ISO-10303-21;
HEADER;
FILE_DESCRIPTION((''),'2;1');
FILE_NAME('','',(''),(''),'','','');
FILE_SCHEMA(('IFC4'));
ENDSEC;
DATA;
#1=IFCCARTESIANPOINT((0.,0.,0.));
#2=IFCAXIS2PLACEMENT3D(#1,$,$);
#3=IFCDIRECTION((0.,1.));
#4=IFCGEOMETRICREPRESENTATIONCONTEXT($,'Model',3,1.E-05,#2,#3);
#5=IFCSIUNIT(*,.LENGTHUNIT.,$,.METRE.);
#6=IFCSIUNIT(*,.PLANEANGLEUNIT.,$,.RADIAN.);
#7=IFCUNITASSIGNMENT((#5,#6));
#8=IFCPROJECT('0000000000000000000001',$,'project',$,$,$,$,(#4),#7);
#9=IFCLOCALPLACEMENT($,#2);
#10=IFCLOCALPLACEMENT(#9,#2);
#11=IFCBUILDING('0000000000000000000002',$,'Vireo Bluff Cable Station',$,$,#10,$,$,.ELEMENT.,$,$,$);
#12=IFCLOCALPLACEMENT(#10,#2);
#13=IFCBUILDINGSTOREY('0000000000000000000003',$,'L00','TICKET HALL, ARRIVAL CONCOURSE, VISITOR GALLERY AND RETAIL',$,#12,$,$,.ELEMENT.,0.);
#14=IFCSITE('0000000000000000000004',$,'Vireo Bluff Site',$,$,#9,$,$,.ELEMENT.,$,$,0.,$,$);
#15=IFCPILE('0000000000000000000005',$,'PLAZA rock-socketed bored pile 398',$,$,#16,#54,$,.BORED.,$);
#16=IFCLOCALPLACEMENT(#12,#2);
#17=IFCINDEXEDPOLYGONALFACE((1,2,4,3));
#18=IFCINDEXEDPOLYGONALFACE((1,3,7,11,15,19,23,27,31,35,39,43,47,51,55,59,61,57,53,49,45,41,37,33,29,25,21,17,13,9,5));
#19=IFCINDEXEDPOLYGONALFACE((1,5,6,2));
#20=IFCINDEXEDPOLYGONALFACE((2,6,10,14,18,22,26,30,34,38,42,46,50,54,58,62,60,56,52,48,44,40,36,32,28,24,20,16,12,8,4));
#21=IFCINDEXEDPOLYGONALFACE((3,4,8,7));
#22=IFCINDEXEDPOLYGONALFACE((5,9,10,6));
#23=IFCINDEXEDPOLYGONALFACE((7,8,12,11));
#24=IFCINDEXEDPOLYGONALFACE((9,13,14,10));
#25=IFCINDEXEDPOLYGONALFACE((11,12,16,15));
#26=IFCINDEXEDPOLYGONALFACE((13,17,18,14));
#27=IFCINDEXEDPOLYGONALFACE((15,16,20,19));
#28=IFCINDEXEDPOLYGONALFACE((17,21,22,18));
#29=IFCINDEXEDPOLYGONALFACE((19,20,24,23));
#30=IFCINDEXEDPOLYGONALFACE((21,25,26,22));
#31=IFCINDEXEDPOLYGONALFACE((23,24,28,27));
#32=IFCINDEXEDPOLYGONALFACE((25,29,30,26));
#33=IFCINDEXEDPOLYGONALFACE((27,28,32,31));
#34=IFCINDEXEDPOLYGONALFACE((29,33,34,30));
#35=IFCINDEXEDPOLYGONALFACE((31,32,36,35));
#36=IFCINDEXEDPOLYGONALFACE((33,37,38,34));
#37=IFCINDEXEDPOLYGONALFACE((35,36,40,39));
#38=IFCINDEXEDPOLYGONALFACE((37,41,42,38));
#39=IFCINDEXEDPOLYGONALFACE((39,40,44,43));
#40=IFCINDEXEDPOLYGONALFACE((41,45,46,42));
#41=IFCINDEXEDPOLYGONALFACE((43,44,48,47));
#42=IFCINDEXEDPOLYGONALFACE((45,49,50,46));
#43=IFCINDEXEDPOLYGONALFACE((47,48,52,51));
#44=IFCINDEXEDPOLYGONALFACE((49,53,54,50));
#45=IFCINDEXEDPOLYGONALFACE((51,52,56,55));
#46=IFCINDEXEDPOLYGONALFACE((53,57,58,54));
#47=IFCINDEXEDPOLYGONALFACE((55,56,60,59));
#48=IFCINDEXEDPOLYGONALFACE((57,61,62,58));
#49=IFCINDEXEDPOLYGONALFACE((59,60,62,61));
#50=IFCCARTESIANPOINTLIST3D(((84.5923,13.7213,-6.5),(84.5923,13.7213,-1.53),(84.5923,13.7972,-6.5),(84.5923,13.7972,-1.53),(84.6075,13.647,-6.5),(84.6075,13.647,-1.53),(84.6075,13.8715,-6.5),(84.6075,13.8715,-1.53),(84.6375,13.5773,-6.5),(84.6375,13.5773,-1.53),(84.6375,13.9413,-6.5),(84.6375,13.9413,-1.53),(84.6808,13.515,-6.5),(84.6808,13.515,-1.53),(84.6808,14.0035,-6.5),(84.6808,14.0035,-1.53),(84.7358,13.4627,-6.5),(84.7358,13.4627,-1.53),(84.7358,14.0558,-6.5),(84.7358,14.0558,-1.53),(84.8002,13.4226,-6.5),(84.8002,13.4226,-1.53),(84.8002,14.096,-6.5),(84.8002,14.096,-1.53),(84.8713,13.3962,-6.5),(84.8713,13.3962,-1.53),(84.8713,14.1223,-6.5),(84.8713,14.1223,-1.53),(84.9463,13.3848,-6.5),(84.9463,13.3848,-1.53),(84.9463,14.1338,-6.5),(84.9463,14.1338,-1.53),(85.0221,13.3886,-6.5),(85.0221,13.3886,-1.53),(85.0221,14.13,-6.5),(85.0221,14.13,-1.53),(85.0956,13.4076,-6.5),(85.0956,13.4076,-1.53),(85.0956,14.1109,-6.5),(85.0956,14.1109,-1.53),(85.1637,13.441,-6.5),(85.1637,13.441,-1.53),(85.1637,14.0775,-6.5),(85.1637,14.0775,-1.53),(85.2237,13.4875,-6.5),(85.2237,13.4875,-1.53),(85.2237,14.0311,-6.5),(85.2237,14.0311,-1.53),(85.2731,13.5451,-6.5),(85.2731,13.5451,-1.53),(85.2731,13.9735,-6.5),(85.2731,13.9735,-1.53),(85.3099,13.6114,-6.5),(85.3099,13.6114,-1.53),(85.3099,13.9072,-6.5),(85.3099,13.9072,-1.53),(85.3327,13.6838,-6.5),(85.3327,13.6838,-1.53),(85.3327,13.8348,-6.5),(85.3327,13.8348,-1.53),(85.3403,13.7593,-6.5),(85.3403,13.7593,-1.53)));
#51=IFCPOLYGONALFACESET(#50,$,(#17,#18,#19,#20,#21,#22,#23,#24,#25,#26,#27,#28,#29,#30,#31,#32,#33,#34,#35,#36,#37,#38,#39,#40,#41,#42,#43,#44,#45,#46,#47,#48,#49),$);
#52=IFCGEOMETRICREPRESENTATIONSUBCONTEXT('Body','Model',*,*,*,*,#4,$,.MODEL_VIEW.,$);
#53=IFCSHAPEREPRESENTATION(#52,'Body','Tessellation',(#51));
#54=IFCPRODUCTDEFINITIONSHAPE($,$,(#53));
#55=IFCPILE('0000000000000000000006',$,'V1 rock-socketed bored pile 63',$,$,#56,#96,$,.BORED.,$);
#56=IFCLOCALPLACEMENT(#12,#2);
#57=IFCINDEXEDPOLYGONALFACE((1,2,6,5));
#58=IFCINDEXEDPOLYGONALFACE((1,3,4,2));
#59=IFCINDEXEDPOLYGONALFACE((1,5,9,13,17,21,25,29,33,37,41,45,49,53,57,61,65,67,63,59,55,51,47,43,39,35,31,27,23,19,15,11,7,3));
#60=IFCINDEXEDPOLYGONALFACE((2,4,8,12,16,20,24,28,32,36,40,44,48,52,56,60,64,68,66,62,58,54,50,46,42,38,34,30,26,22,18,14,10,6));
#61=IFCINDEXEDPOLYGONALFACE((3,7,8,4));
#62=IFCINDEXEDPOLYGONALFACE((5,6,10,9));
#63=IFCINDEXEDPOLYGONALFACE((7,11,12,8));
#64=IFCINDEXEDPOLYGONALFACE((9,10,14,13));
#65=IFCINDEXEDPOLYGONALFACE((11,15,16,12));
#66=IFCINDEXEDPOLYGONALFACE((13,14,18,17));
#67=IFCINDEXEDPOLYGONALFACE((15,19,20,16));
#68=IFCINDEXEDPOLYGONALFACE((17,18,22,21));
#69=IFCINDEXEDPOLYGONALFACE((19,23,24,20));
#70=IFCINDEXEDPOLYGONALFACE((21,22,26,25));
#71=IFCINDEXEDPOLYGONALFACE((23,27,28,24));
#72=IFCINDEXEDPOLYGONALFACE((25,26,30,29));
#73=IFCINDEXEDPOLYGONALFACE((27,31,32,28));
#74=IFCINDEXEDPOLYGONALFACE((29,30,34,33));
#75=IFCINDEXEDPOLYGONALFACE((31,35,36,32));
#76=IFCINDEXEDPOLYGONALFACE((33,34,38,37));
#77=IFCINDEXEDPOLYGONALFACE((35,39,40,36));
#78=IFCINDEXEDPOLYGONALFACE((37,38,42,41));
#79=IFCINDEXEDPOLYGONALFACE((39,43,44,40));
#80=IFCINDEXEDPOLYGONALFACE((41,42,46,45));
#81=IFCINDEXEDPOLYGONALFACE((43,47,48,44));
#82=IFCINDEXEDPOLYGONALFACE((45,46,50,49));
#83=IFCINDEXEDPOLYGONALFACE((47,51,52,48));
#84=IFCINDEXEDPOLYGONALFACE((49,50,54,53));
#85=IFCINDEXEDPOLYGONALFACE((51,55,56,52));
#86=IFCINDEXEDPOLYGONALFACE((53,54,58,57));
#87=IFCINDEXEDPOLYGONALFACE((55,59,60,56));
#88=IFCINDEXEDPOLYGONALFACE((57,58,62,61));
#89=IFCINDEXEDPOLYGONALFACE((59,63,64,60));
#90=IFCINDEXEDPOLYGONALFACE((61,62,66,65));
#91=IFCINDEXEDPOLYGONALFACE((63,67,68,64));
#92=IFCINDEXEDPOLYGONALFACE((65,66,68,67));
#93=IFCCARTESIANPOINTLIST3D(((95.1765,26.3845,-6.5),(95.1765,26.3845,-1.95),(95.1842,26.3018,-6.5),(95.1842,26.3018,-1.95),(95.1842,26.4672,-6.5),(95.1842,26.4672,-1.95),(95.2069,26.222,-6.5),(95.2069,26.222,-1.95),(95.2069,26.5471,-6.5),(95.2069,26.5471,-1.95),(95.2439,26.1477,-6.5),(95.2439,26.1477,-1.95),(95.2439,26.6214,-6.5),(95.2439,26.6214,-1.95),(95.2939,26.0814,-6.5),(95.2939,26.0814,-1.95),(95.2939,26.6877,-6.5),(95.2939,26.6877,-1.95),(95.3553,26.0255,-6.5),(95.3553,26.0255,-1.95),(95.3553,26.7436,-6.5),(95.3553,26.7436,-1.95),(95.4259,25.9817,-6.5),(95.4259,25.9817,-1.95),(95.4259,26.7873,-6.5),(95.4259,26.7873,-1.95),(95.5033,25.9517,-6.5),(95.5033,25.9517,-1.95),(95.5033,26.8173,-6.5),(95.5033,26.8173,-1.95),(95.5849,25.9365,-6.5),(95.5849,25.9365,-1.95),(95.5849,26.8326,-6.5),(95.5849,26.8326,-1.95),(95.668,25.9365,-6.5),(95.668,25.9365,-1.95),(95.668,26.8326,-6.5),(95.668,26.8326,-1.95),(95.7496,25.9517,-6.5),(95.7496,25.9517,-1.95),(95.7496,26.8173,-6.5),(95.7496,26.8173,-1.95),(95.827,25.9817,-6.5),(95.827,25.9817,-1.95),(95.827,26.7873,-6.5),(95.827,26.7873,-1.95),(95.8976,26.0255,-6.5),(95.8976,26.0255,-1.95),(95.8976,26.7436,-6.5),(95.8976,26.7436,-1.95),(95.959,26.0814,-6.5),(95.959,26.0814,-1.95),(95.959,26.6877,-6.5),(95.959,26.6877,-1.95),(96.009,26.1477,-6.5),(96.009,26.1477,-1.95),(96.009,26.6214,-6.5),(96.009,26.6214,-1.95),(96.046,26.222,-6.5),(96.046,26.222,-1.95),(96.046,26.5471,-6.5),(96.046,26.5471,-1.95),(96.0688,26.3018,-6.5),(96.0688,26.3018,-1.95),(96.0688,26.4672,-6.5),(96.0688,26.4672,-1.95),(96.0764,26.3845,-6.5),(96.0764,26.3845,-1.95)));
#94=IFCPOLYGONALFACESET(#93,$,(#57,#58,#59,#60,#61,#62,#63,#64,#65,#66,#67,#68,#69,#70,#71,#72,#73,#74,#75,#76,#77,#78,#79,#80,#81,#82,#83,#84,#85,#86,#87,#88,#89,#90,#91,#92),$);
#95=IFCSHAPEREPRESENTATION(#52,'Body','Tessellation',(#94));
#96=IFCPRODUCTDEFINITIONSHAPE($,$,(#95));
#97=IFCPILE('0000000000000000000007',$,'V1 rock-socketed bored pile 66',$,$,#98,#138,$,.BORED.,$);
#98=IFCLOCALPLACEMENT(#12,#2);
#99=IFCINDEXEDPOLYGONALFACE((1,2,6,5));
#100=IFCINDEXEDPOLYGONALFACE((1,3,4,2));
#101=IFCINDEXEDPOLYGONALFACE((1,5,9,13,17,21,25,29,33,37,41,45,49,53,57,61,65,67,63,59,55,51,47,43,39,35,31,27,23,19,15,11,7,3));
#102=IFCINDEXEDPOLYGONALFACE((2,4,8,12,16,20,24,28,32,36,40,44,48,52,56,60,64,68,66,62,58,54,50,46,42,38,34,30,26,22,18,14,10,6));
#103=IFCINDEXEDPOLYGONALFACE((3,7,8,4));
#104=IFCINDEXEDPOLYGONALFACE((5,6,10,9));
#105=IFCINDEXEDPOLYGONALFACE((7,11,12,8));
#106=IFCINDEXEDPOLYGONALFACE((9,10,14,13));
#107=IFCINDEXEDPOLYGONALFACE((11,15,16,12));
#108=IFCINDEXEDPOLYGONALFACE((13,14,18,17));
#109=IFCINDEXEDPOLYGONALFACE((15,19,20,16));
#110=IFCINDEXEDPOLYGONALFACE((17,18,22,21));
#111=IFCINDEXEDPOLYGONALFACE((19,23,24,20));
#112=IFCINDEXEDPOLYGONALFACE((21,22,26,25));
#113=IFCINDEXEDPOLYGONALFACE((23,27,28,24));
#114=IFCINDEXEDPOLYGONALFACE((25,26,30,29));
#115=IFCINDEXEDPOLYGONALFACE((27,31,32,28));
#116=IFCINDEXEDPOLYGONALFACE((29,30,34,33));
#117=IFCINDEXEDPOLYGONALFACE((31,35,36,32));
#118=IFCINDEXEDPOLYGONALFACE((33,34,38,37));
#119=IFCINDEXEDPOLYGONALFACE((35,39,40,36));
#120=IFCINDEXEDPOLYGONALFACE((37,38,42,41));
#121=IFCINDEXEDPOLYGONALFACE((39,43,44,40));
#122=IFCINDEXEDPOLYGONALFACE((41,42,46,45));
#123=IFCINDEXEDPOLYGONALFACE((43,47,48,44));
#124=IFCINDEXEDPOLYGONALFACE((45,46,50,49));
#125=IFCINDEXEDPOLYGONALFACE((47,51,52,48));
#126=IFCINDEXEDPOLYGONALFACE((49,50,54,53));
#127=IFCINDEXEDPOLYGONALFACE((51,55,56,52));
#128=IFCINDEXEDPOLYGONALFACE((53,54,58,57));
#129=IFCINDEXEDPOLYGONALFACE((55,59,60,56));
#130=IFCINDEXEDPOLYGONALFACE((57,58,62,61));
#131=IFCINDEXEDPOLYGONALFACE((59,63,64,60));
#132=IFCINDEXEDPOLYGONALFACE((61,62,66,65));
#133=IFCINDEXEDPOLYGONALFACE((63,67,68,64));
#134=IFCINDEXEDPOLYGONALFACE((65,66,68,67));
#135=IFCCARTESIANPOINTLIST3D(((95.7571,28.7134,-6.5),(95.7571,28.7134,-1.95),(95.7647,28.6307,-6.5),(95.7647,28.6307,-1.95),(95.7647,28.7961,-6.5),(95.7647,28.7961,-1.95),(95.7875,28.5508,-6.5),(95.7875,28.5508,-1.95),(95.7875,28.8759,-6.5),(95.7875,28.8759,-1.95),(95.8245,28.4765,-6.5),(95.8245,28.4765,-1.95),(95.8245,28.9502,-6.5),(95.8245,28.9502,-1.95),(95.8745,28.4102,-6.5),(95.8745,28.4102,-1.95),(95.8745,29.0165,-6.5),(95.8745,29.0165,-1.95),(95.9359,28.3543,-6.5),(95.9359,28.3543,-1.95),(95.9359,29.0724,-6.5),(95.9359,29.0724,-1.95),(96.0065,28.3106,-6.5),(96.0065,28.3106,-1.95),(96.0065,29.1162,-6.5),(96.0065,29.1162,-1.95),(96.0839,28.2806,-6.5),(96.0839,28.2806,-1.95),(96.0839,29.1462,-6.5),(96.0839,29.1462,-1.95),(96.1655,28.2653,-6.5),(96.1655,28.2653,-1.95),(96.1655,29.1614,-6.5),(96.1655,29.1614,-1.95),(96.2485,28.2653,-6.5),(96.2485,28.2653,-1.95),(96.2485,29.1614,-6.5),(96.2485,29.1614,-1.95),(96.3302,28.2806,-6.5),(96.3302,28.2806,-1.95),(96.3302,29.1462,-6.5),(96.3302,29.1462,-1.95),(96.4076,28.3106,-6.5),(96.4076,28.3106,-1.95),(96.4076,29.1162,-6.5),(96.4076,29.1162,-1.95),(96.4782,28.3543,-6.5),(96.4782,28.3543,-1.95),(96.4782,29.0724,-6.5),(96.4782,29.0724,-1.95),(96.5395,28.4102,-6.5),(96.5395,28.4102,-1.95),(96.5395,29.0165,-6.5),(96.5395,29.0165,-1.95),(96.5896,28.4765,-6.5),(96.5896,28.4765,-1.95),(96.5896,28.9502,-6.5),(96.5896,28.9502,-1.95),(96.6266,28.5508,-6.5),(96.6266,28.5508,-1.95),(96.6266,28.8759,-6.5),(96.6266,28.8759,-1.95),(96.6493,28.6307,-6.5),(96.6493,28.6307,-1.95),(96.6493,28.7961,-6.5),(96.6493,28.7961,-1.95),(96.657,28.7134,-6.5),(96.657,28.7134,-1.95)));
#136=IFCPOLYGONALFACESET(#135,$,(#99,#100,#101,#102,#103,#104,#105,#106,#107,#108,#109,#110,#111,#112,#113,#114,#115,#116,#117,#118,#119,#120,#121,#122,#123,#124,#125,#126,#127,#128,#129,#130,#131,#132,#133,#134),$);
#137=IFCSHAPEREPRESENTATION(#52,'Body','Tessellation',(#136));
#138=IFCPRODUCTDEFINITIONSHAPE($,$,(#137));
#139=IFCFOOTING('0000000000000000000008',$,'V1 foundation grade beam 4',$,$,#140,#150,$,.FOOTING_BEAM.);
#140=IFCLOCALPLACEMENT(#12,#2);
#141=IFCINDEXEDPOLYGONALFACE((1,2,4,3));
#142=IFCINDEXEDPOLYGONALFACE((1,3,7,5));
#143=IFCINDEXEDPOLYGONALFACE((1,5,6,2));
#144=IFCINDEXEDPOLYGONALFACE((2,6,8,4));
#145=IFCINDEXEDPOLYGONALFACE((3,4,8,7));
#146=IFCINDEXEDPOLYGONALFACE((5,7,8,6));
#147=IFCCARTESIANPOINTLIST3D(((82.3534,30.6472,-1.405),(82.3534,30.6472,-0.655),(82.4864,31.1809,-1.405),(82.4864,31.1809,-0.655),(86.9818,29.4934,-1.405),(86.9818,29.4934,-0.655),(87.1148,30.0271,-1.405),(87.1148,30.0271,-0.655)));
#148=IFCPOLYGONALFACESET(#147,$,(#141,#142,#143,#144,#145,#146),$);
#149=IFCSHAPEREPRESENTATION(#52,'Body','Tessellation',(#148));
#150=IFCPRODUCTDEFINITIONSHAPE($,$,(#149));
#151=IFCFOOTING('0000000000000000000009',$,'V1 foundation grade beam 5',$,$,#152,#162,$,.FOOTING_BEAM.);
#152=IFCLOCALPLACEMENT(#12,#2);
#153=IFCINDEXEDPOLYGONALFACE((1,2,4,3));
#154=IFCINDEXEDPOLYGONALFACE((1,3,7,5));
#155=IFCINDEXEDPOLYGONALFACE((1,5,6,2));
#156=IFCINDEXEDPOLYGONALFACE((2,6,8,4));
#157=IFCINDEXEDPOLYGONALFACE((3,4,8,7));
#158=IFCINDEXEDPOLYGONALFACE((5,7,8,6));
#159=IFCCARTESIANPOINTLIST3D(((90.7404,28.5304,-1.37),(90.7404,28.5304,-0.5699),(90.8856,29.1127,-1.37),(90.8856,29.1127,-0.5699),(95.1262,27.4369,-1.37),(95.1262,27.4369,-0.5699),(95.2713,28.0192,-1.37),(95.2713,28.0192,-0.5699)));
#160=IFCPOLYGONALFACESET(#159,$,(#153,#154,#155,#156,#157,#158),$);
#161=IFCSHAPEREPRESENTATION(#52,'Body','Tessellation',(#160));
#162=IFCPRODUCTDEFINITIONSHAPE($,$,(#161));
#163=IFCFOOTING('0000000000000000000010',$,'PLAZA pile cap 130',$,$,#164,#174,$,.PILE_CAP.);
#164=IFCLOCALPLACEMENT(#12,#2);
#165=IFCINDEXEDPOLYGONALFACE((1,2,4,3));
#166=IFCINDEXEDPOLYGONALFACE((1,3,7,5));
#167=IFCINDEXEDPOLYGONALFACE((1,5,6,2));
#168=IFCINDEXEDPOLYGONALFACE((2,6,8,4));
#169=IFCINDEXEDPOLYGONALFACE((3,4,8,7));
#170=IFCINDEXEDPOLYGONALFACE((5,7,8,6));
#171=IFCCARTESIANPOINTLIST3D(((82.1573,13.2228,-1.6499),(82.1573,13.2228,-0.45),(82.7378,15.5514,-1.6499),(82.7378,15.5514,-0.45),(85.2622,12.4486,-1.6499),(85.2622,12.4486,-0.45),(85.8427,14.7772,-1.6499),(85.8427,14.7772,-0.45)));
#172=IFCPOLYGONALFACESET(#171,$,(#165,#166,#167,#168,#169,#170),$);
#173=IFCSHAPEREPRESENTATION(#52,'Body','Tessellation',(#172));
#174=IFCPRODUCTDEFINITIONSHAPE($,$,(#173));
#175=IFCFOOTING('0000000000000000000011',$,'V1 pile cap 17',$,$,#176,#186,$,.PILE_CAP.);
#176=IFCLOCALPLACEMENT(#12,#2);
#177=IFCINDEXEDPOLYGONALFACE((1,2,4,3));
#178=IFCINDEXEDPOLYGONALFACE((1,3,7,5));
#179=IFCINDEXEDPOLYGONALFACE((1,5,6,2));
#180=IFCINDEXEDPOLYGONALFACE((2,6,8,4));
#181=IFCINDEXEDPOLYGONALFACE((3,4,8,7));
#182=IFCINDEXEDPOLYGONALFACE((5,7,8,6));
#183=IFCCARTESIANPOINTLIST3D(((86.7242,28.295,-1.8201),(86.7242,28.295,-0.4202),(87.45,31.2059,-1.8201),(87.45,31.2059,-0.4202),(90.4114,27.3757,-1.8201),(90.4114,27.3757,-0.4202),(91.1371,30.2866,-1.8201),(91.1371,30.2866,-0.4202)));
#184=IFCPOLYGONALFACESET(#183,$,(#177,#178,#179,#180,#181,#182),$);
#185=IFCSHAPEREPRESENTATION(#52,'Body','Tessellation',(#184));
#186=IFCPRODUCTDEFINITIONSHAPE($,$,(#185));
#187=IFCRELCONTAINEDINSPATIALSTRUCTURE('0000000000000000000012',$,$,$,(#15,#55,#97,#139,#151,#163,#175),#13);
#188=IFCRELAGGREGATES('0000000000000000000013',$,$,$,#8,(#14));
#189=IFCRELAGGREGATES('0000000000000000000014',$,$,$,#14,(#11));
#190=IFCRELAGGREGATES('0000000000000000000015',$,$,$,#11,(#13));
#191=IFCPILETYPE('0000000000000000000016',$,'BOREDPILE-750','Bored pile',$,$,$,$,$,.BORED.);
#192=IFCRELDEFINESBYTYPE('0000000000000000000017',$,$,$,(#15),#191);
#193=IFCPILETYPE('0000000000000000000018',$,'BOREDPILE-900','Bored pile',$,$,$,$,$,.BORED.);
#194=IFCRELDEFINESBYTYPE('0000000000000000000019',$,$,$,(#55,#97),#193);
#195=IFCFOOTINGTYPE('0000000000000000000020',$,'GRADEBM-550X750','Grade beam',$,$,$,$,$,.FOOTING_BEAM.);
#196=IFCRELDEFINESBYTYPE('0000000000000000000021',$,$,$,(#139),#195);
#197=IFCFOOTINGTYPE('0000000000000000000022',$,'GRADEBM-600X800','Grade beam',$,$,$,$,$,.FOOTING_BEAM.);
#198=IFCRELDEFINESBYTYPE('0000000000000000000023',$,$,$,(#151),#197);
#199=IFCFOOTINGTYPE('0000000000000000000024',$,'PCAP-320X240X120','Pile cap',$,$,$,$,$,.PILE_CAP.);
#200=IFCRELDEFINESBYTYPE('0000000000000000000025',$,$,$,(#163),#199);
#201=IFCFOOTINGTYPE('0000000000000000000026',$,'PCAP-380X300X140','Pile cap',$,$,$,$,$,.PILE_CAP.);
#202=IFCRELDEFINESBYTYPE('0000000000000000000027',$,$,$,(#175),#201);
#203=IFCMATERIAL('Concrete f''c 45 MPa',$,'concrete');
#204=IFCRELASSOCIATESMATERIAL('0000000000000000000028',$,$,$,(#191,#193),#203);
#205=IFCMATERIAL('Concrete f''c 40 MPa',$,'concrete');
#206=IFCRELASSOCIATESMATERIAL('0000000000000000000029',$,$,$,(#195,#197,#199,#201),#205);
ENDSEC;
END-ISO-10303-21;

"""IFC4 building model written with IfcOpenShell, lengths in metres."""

from ifc_helpers import new_model, si_unit, direction, frame, origin, origin_2d, place, context, subcontext, project, spatial, rectangle, circle, extrude, material, material_profile, profile_set, type_object, element, save


model = new_model("IFC4")

# Units and contexts
model_context = context("Model", 3, precision=1e-05, world=origin(), true_north=direction((0.0, 1.0)))
body_context = subcontext(model_context, "Body", "Model", "MODEL_VIEW")
ifc_project = project(units=[si_unit("LENGTHUNIT", "METRE"), si_unit("PLANEANGLEUNIT", "RADIAN")], contexts=[model_context])

# Site, building, storey
site_placement = place(None, origin())
site = spatial("IfcSite", under=ifc_project, at=site_placement, Name="Vireo Bluff Site", CompositionType="ELEMENT", RefElevation=0.0)
building_placement = place(site_placement, origin())
building = spatial("IfcBuilding", under=site, at=building_placement, Name="Vireo Bluff Cable Station", CompositionType="ELEMENT")
storey_placement = place(building_placement, origin())
storey = spatial("IfcBuildingStorey", under=building, at=storey_placement, Name="L00", Description="TICKET HALL, ARRIVAL CONCOURSE, VISITOR GALLERY AND RETAIL", CompositionType="ELEMENT", Elevation=0.0)

# Piles
ifc_material_1 = material(Name="Concrete f'c 45 MPa", Category="concrete")
ifc_material_profile_1 = material_profile(ifc_material_1, circle(Radius=0.375, at=origin_2d()), Name="BOREDPILE-750")
ifc_profile_set_1 = profile_set([ifc_material_profile_1], Name="Concrete f'c 45 MPa")
pile_type_1 = type_object("IfcPileType", Name="BOREDPILE-750", Description="Bored pile", PredefinedType="BORED", material=ifc_profile_set_1)
for number, where, z_axis, x_axis, name in (
    (1, (84.9653, 13.7593, -1.53), (0.0, 0.0, -1.0), (1.0, 0.0, 0.0), "PLAZA rock-socketed bored pile 398"),
):
    element("IfcPile", number, at=place(storey_placement, frame(where, z_axis=z_axis, x_axis=x_axis)), inside=storey, type_object=pile_type_1, Name=name, PredefinedType="BORED", context=body_context, shape_type="SweptSolid", body=[
        extrude(circle(Radius=0.375, at=origin_2d()), origin(), (0.0, 0.0, 1.0), 4.97),
    ])
ifc_material_profile_2 = material_profile(ifc_material_1, circle(Radius=0.45, at=origin_2d()), Name="BOREDPILE-900")
ifc_profile_set_2 = profile_set([ifc_material_profile_2], Name="Concrete f'c 45 MPa")
pile_type_2 = type_object("IfcPileType", Name="BOREDPILE-900", Description="Bored pile", PredefinedType="BORED", material=ifc_profile_set_2)
for number, where, z_axis, x_axis, name in (
    (2, (95.6265, 26.3845, -1.95), (0.0, 0.0, -1.0), (1.0, 0.0, 0.0), "V1 rock-socketed bored pile 63"),
    (3, (96.207, 28.7134, -1.95), (0.0, 0.0, -1.0), (1.0, 0.0, 0.0), "V1 rock-socketed bored pile 66"),
):
    element("IfcPile", number, at=place(storey_placement, frame(where, z_axis=z_axis, x_axis=x_axis)), inside=storey, type_object=pile_type_2, Name=name, PredefinedType="BORED", context=body_context, shape_type="SweptSolid", body=[
        extrude(circle(Radius=0.45, at=origin_2d()), origin(), (0.0, 0.0, 1.0), 4.55),
    ])

# Footings
ifc_material_2 = material(Name="Concrete f'c 40 MPa", Category="concrete")
ifc_material_profile_3 = material_profile(ifc_material_2, rectangle(XDim=0.55, YDim=0.75, at=origin_2d()), Name="GRADEBM-550X750")
ifc_profile_set_3 = profile_set([ifc_material_profile_3], Name="Concrete f'c 40 MPa")
footing_type_1 = type_object("IfcFootingType", Name="GRADEBM-550X750", Description="Grade beam", PredefinedType="FOOTING_BEAM", material=ifc_profile_set_3)
footing_1_placement = place(storey_placement, frame((82.4199, 30.9141, -1.03), z_axis=(0.970305, -0.241885, 0.0), x_axis=(0.241885, 0.970305, 0.0)))
element("IfcFooting", 4, at=footing_1_placement, inside=storey, type_object=footing_type_1, Name="V1 foundation grade beam 4", PredefinedType="FOOTING_BEAM", context=body_context, shape_type="SweptSolid", body=[
    extrude(rectangle(XDim=0.55, YDim=0.75, at=origin_2d()), origin(), (0.0, 0.0, 1.0), 4.77),
])
ifc_material_profile_4 = material_profile(ifc_material_2, rectangle(XDim=0.6001, YDim=0.8, at=origin_2d()), Name="GRADEBM-600X800")
ifc_profile_set_4 = profile_set([ifc_material_profile_4], Name="Concrete f'c 40 MPa")
footing_type_2 = type_object("IfcFootingType", Name="GRADEBM-600X800", Description="Grade beam", PredefinedType="FOOTING_BEAM", material=ifc_profile_set_4)
footing_2_placement = place(storey_placement, frame((90.813, 28.8215, -0.97), z_axis=(0.970295, -0.241926, 0.0), x_axis=(0.241926, 0.970295, 0.0)))
element("IfcFooting", 5, at=footing_2_placement, inside=storey, type_object=footing_type_2, Name="V1 foundation grade beam 5", PredefinedType="FOOTING_BEAM", context=body_context, shape_type="SweptSolid", body=[
    extrude(rectangle(XDim=0.6001, YDim=0.8, at=origin_2d()), origin(), (0.0, 0.0, 1.0), 4.52),
])
footing_type_3 = type_object("IfcFootingType", Name="PCAP-320X240X120", Description="Pile cap", PredefinedType="PILE_CAP", material=ifc_material_2)
footing_3_placement = place(storey_placement, frame((84.0, 14.0, -1.6499), z_axis=(0.0, 0.0, 1.0), x_axis=(0.970296, -0.241922, 0.0)))
element("IfcFooting", 6, at=footing_3_placement, inside=storey, type_object=footing_type_3, Name="PLAZA pile cap 130", PredefinedType="PILE_CAP", context=body_context, shape_type="SweptSolid", body=[
    extrude(rectangle(XDim=3.2, YDim=2.3999, at=origin_2d()), origin(), (0.0, 0.0, 1.0), 1.2),
])
footing_type_4 = type_object("IfcFootingType", Name="PCAP-380X300X140", Description="Pile cap", PredefinedType="PILE_CAP", material=ifc_material_2)
footing_4_placement = place(storey_placement, frame((88.9307, 29.2908, -1.8201), z_axis=(0.0, 0.0, 1.0), x_axis=(0.970296, -0.241922, 0.0)))
element("IfcFooting", 7, at=footing_4_placement, inside=storey, type_object=footing_type_4, Name="V1 pile cap 17", PredefinedType="PILE_CAP", context=body_context, shape_type="SweptSolid", body=[
    extrude(rectangle(XDim=3.8, YDim=3.0, at=origin_2d()), origin(), (0.0, 0.0, 1.0), 1.3999),
])

save(model, "model.ifc")
